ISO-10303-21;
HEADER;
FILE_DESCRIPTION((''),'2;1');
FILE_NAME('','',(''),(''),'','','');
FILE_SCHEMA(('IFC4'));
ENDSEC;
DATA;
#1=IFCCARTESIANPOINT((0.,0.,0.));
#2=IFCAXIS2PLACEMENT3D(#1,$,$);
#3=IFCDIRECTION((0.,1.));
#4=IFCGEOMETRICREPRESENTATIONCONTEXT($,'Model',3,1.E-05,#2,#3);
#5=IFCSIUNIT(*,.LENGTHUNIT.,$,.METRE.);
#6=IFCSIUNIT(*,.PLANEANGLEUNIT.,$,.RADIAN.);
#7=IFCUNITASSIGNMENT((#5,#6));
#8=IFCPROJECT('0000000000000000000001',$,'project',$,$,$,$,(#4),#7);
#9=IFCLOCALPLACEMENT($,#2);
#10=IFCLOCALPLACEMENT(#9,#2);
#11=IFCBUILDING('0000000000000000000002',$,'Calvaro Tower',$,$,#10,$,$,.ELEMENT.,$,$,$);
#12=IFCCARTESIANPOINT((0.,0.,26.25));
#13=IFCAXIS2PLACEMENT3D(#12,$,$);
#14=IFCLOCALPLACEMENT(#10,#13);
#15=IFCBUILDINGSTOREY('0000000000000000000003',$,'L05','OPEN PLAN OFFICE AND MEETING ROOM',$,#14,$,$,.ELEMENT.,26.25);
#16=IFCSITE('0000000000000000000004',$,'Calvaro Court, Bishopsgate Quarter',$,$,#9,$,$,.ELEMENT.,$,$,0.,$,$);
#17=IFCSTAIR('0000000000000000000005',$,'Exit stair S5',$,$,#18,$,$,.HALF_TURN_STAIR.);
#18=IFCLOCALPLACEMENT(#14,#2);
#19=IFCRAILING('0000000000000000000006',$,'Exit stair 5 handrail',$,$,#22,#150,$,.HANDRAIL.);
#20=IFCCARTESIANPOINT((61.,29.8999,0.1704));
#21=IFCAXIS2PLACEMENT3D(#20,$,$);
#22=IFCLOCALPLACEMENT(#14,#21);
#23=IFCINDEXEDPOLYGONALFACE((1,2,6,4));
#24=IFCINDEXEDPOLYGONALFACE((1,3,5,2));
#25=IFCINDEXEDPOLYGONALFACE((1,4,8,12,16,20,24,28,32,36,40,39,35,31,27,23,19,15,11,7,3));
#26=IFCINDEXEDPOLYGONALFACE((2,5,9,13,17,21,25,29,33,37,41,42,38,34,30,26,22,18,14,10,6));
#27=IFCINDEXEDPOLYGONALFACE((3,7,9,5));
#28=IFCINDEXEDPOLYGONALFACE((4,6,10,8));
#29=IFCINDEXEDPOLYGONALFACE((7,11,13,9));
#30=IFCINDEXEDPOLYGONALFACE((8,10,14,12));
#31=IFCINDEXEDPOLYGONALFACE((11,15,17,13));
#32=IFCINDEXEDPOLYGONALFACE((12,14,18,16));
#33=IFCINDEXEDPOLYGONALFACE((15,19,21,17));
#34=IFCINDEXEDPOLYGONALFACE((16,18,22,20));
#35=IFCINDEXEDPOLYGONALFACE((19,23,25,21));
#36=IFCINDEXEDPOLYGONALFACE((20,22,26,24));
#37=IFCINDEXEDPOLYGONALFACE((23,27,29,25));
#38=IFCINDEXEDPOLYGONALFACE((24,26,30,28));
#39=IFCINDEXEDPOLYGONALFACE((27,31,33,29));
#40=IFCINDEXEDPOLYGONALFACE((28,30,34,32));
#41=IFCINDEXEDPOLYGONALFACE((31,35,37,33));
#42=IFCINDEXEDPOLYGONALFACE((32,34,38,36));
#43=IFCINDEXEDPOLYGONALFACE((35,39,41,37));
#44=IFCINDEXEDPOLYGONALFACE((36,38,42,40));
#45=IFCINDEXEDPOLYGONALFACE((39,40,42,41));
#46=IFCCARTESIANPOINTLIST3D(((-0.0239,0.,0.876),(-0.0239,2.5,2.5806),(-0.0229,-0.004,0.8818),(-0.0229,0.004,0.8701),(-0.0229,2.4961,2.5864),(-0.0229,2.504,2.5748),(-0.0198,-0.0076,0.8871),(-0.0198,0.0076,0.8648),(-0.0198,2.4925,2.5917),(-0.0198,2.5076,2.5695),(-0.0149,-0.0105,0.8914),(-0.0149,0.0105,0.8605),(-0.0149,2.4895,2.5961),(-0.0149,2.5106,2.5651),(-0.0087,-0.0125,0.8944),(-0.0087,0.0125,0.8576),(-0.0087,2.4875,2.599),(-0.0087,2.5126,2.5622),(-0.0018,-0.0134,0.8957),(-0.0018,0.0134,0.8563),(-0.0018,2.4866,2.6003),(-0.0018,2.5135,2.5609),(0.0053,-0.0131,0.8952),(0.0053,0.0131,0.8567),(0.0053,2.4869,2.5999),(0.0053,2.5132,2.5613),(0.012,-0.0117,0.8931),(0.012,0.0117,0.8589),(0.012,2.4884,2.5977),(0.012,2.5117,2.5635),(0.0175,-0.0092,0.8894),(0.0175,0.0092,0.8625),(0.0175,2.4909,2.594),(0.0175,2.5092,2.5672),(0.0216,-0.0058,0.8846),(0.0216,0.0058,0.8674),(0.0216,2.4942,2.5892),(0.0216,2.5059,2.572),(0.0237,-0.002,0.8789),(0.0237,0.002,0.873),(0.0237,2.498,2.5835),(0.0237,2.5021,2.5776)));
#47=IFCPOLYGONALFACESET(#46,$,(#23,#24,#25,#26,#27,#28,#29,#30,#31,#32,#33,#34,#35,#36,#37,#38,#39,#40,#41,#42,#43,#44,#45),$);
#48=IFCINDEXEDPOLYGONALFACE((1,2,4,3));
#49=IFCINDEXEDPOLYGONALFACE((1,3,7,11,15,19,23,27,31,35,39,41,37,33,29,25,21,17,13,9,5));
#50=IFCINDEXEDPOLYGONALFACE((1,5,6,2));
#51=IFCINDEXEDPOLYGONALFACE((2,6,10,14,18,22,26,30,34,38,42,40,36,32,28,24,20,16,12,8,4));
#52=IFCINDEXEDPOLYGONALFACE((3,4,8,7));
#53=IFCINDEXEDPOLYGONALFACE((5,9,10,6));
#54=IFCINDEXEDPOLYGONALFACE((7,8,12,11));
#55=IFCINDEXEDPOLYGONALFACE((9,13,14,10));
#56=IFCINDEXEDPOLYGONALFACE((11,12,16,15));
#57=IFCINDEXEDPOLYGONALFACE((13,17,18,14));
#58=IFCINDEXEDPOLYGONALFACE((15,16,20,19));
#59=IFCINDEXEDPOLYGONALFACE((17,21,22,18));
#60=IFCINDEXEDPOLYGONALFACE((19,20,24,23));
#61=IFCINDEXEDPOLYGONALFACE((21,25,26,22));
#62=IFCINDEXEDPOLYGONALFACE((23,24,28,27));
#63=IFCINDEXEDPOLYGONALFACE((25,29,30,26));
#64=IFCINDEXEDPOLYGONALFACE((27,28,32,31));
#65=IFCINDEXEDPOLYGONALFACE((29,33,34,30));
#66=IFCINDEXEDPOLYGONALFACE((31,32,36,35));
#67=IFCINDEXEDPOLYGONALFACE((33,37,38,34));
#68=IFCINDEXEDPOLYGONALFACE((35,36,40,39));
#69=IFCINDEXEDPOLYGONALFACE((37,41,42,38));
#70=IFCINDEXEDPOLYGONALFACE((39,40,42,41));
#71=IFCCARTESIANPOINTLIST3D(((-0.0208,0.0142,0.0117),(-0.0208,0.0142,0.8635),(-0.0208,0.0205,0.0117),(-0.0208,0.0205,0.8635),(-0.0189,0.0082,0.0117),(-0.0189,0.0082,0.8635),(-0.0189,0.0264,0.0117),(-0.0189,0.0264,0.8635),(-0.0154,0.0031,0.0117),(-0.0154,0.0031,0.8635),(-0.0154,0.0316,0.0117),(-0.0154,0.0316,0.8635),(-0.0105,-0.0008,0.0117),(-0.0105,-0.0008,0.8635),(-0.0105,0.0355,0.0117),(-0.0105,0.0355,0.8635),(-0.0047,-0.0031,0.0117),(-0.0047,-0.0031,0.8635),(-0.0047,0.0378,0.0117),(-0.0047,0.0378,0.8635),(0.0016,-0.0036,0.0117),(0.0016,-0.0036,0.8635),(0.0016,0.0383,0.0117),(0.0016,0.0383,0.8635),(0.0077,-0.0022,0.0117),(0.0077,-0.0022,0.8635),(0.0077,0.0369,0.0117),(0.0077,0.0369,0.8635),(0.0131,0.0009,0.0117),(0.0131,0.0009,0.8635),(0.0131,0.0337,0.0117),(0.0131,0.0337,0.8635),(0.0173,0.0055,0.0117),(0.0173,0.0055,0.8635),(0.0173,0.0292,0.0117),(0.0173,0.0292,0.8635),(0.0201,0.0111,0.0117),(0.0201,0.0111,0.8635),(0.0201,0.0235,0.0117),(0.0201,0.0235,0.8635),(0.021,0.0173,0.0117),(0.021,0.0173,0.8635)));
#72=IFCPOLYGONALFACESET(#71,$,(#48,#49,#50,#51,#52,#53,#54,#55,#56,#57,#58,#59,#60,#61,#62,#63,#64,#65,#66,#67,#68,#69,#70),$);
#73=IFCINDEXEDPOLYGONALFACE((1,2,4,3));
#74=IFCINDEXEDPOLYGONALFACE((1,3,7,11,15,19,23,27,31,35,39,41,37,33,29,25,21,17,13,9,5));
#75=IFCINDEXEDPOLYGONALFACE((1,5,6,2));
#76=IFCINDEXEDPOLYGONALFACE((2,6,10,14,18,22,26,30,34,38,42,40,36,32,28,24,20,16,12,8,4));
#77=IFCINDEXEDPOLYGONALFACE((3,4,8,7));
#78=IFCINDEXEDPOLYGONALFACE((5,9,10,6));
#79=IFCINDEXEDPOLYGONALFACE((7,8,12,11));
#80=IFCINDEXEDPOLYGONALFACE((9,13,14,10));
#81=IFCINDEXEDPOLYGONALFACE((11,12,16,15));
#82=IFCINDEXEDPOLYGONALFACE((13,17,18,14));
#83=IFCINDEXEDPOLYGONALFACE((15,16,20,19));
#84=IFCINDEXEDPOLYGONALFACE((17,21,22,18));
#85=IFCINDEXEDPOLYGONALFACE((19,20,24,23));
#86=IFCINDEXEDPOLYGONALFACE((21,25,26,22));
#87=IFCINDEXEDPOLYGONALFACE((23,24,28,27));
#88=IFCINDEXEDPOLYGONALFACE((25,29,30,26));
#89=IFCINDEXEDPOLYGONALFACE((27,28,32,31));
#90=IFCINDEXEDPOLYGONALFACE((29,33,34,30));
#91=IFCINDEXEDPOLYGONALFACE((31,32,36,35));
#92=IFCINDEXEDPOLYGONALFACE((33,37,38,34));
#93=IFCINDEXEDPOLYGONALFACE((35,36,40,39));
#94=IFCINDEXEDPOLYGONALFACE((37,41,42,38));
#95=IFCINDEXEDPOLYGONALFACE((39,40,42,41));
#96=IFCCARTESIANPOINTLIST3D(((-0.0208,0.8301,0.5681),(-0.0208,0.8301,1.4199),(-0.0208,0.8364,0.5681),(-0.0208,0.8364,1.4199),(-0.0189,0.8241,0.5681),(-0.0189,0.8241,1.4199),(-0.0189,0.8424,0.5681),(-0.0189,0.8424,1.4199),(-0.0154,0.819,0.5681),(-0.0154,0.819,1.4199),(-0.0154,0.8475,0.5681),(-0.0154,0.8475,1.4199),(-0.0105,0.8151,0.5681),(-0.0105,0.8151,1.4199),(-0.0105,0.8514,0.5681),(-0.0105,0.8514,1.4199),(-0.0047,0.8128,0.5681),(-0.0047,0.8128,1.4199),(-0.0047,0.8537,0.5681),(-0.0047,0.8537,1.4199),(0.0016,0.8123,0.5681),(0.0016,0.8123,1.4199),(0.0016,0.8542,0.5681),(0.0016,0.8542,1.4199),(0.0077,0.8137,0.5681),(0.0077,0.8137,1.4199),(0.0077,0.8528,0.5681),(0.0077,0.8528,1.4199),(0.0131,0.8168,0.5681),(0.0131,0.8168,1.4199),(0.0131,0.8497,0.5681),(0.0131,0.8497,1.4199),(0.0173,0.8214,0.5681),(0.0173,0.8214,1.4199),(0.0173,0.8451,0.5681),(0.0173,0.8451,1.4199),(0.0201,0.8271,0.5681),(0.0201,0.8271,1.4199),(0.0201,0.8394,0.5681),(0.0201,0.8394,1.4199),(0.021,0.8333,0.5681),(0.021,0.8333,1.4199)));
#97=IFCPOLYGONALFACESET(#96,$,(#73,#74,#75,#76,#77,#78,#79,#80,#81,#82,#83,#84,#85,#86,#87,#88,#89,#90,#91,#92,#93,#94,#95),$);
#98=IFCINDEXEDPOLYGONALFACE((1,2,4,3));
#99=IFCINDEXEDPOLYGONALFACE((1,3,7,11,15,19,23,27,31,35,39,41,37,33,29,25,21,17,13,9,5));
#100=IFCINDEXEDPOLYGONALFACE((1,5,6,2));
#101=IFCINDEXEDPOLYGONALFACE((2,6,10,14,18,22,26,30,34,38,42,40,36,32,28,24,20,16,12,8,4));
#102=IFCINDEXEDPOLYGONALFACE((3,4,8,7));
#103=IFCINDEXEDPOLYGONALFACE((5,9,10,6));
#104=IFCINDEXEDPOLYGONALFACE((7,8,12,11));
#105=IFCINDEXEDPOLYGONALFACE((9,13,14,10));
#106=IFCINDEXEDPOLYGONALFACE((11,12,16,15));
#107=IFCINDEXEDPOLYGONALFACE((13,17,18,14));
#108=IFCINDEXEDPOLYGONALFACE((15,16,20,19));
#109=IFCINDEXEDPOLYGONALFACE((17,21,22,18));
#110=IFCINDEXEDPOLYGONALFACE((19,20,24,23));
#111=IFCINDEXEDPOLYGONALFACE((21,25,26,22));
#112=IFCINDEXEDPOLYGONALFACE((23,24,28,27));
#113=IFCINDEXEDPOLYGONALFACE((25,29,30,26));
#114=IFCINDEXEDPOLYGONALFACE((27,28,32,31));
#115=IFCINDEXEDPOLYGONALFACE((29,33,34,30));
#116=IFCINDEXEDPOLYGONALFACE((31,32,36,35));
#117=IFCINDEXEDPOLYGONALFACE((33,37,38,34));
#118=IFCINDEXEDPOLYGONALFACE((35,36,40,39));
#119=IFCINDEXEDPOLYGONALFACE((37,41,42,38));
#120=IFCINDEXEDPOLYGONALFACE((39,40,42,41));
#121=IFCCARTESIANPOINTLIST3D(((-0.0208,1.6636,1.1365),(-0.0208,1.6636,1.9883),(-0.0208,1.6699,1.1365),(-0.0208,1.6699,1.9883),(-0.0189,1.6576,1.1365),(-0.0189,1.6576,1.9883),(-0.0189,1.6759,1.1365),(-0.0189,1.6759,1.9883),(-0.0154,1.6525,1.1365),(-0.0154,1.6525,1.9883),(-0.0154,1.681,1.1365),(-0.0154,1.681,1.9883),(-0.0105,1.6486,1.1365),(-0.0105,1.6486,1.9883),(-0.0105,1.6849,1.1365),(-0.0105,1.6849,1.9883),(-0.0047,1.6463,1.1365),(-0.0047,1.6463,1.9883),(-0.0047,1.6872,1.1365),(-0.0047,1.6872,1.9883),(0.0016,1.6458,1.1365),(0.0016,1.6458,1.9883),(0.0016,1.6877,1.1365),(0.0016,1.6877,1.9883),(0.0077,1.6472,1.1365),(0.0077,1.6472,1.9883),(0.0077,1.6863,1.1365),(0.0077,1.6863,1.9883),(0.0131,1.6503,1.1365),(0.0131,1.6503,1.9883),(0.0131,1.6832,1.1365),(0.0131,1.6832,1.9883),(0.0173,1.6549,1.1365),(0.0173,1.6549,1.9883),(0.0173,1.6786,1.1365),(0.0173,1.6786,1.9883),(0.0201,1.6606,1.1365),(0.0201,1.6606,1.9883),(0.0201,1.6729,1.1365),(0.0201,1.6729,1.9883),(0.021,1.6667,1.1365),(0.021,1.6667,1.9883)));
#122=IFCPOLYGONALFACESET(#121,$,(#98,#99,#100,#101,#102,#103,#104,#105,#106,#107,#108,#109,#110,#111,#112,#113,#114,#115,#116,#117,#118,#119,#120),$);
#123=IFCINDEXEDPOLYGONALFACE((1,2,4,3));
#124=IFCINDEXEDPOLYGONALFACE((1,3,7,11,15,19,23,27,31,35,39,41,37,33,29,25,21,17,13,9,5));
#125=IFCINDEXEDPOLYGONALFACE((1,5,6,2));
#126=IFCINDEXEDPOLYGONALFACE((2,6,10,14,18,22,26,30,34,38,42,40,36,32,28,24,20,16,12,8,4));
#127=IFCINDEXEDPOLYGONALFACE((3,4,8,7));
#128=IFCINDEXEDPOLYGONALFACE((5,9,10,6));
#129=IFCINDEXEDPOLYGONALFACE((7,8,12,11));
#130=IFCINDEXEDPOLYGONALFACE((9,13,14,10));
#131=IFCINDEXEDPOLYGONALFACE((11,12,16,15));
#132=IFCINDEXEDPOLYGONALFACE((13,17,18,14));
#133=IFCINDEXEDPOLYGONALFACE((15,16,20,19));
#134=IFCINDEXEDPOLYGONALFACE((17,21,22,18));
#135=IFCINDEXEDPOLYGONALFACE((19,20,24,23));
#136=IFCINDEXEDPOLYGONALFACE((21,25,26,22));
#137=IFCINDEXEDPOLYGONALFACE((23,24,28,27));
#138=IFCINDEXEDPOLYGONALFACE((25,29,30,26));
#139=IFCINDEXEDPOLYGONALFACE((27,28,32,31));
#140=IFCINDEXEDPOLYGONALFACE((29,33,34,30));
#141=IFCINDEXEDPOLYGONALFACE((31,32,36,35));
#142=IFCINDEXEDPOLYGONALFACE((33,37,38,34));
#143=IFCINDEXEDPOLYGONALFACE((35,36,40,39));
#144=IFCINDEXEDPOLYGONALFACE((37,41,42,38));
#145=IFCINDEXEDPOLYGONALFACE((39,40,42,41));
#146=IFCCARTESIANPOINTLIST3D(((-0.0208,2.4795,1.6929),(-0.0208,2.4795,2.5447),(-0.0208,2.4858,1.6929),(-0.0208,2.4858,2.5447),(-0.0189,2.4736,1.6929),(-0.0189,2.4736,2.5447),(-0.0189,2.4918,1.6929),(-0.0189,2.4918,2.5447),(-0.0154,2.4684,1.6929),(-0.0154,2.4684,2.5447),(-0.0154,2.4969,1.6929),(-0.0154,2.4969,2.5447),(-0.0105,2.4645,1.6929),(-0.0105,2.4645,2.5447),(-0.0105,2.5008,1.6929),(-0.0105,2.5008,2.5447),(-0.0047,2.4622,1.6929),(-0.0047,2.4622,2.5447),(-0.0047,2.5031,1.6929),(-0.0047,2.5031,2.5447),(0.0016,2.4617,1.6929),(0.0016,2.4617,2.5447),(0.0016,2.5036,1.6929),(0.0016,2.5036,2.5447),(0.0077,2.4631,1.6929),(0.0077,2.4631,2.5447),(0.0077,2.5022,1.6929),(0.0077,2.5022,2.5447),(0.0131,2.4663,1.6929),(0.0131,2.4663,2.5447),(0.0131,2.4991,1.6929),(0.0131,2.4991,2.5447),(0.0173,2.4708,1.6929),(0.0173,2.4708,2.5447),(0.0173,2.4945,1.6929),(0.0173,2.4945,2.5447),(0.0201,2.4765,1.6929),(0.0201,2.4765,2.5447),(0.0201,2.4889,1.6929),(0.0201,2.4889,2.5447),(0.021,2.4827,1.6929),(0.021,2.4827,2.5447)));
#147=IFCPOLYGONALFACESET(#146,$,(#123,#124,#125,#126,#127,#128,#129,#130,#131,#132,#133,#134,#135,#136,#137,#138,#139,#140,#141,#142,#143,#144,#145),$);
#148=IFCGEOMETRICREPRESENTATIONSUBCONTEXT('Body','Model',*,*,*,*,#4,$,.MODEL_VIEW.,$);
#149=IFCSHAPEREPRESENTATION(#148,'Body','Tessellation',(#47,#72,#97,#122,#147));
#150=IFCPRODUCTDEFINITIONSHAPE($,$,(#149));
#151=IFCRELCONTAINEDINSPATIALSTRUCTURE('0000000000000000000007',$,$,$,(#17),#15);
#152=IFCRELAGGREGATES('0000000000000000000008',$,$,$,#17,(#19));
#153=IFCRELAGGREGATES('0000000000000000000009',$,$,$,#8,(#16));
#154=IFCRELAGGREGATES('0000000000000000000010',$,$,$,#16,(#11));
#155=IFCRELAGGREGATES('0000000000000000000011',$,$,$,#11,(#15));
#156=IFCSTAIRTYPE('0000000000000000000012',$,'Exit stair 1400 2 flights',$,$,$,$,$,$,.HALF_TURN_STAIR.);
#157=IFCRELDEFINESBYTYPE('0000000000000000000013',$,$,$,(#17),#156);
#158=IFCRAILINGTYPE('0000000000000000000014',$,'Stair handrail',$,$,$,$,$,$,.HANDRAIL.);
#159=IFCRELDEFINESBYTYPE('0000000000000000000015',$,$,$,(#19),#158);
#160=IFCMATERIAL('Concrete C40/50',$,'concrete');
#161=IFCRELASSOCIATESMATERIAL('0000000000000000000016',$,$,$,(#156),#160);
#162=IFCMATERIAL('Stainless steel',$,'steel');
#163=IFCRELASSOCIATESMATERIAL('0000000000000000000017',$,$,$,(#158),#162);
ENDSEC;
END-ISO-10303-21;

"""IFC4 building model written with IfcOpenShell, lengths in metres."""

from ifc_helpers import new_model, si_unit, direction, frame, origin, origin_2d, place, context, subcontext, project, spatial, circle, extrude, material, type_object, element, aggregate, save


model = new_model("IFC4")

# Units and contexts
model_context = context("Model", 3, precision=1e-05, world=origin(), true_north=direction((0.0, 1.0)))
body_context = subcontext(model_context, "Body", "Model", "MODEL_VIEW")
ifc_project = project(units=[si_unit("LENGTHUNIT", "METRE"), si_unit("PLANEANGLEUNIT", "RADIAN")], contexts=[model_context])

# Site, building, storey
site_placement = place(None, origin())
site = spatial("IfcSite", under=ifc_project, at=site_placement, Name="Calvaro Court, Bishopsgate Quarter", CompositionType="ELEMENT", RefElevation=0.0)
building_placement = place(site_placement, origin())
building = spatial("IfcBuilding", under=site, at=building_placement, Name="Calvaro Tower", CompositionType="ELEMENT")
storey_placement = place(building_placement, frame((0.0, 0.0, 26.25)))
storey = spatial("IfcBuildingStorey", under=building, at=storey_placement, Name="L05", Description="OPEN PLAN OFFICE AND MEETING ROOM", CompositionType="ELEMENT", Elevation=26.25)

# Stair, railing
ifc_material_1 = material(Name="Concrete C40/50", Category="concrete")
stair_type = type_object("IfcStairType", Name="Exit stair 1400 2 flights", PredefinedType="HALF_TURN_STAIR", material=ifc_material_1)
stair_placement = place(storey_placement, origin())
stair = element("IfcStair", 1, at=stair_placement, inside=storey, type_object=stair_type, Name="Exit stair S5", PredefinedType="HALF_TURN_STAIR")
ifc_material_2 = material(Name="Stainless steel", Category="steel")
railing_type = type_object("IfcRailingType", Name="Stair handrail", PredefinedType="HANDRAIL", material=ifc_material_2)
railing_placement = place(storey_placement, frame((61.0, 29.8999, 0.1704)))
railing = element("IfcRailing", 2, at=railing_placement, type_object=railing_type, Name="Exit stair 5 handrail", PredefinedType="HANDRAIL", context=body_context, shape_type="SweptSolid", body=[
    extrude(circle(Radius=0.0239, at=origin_2d()), frame((0.0, 0.0, 0.876), z_axis=(0.0, 0.826221, 0.563347), x_axis=(-1.0, 0.0, 0.0)), (0.0, 0.0, 1.0), 3.0259),
    extrude(circle(Radius=0.021, at=origin_2d()), frame((0.0, 0.0173, 0.0117)), (0.0, 0.0, 1.0), 0.8518),
    extrude(circle(Radius=0.021, at=origin_2d()), frame((0.0, 0.8333, 0.5681)), (0.0, 0.0, 1.0), 0.8518),
    extrude(circle(Radius=0.021, at=origin_2d()), frame((0.0, 1.6667, 1.1365)), (0.0, 0.0, 1.0), 0.8518),
    extrude(circle(Radius=0.021, at=origin_2d()), frame((0.0, 2.4827, 1.6929)), (0.0, 0.0, 1.0), 0.8518),
])
aggregate(stair, [railing])

save(model, "model.ifc")
